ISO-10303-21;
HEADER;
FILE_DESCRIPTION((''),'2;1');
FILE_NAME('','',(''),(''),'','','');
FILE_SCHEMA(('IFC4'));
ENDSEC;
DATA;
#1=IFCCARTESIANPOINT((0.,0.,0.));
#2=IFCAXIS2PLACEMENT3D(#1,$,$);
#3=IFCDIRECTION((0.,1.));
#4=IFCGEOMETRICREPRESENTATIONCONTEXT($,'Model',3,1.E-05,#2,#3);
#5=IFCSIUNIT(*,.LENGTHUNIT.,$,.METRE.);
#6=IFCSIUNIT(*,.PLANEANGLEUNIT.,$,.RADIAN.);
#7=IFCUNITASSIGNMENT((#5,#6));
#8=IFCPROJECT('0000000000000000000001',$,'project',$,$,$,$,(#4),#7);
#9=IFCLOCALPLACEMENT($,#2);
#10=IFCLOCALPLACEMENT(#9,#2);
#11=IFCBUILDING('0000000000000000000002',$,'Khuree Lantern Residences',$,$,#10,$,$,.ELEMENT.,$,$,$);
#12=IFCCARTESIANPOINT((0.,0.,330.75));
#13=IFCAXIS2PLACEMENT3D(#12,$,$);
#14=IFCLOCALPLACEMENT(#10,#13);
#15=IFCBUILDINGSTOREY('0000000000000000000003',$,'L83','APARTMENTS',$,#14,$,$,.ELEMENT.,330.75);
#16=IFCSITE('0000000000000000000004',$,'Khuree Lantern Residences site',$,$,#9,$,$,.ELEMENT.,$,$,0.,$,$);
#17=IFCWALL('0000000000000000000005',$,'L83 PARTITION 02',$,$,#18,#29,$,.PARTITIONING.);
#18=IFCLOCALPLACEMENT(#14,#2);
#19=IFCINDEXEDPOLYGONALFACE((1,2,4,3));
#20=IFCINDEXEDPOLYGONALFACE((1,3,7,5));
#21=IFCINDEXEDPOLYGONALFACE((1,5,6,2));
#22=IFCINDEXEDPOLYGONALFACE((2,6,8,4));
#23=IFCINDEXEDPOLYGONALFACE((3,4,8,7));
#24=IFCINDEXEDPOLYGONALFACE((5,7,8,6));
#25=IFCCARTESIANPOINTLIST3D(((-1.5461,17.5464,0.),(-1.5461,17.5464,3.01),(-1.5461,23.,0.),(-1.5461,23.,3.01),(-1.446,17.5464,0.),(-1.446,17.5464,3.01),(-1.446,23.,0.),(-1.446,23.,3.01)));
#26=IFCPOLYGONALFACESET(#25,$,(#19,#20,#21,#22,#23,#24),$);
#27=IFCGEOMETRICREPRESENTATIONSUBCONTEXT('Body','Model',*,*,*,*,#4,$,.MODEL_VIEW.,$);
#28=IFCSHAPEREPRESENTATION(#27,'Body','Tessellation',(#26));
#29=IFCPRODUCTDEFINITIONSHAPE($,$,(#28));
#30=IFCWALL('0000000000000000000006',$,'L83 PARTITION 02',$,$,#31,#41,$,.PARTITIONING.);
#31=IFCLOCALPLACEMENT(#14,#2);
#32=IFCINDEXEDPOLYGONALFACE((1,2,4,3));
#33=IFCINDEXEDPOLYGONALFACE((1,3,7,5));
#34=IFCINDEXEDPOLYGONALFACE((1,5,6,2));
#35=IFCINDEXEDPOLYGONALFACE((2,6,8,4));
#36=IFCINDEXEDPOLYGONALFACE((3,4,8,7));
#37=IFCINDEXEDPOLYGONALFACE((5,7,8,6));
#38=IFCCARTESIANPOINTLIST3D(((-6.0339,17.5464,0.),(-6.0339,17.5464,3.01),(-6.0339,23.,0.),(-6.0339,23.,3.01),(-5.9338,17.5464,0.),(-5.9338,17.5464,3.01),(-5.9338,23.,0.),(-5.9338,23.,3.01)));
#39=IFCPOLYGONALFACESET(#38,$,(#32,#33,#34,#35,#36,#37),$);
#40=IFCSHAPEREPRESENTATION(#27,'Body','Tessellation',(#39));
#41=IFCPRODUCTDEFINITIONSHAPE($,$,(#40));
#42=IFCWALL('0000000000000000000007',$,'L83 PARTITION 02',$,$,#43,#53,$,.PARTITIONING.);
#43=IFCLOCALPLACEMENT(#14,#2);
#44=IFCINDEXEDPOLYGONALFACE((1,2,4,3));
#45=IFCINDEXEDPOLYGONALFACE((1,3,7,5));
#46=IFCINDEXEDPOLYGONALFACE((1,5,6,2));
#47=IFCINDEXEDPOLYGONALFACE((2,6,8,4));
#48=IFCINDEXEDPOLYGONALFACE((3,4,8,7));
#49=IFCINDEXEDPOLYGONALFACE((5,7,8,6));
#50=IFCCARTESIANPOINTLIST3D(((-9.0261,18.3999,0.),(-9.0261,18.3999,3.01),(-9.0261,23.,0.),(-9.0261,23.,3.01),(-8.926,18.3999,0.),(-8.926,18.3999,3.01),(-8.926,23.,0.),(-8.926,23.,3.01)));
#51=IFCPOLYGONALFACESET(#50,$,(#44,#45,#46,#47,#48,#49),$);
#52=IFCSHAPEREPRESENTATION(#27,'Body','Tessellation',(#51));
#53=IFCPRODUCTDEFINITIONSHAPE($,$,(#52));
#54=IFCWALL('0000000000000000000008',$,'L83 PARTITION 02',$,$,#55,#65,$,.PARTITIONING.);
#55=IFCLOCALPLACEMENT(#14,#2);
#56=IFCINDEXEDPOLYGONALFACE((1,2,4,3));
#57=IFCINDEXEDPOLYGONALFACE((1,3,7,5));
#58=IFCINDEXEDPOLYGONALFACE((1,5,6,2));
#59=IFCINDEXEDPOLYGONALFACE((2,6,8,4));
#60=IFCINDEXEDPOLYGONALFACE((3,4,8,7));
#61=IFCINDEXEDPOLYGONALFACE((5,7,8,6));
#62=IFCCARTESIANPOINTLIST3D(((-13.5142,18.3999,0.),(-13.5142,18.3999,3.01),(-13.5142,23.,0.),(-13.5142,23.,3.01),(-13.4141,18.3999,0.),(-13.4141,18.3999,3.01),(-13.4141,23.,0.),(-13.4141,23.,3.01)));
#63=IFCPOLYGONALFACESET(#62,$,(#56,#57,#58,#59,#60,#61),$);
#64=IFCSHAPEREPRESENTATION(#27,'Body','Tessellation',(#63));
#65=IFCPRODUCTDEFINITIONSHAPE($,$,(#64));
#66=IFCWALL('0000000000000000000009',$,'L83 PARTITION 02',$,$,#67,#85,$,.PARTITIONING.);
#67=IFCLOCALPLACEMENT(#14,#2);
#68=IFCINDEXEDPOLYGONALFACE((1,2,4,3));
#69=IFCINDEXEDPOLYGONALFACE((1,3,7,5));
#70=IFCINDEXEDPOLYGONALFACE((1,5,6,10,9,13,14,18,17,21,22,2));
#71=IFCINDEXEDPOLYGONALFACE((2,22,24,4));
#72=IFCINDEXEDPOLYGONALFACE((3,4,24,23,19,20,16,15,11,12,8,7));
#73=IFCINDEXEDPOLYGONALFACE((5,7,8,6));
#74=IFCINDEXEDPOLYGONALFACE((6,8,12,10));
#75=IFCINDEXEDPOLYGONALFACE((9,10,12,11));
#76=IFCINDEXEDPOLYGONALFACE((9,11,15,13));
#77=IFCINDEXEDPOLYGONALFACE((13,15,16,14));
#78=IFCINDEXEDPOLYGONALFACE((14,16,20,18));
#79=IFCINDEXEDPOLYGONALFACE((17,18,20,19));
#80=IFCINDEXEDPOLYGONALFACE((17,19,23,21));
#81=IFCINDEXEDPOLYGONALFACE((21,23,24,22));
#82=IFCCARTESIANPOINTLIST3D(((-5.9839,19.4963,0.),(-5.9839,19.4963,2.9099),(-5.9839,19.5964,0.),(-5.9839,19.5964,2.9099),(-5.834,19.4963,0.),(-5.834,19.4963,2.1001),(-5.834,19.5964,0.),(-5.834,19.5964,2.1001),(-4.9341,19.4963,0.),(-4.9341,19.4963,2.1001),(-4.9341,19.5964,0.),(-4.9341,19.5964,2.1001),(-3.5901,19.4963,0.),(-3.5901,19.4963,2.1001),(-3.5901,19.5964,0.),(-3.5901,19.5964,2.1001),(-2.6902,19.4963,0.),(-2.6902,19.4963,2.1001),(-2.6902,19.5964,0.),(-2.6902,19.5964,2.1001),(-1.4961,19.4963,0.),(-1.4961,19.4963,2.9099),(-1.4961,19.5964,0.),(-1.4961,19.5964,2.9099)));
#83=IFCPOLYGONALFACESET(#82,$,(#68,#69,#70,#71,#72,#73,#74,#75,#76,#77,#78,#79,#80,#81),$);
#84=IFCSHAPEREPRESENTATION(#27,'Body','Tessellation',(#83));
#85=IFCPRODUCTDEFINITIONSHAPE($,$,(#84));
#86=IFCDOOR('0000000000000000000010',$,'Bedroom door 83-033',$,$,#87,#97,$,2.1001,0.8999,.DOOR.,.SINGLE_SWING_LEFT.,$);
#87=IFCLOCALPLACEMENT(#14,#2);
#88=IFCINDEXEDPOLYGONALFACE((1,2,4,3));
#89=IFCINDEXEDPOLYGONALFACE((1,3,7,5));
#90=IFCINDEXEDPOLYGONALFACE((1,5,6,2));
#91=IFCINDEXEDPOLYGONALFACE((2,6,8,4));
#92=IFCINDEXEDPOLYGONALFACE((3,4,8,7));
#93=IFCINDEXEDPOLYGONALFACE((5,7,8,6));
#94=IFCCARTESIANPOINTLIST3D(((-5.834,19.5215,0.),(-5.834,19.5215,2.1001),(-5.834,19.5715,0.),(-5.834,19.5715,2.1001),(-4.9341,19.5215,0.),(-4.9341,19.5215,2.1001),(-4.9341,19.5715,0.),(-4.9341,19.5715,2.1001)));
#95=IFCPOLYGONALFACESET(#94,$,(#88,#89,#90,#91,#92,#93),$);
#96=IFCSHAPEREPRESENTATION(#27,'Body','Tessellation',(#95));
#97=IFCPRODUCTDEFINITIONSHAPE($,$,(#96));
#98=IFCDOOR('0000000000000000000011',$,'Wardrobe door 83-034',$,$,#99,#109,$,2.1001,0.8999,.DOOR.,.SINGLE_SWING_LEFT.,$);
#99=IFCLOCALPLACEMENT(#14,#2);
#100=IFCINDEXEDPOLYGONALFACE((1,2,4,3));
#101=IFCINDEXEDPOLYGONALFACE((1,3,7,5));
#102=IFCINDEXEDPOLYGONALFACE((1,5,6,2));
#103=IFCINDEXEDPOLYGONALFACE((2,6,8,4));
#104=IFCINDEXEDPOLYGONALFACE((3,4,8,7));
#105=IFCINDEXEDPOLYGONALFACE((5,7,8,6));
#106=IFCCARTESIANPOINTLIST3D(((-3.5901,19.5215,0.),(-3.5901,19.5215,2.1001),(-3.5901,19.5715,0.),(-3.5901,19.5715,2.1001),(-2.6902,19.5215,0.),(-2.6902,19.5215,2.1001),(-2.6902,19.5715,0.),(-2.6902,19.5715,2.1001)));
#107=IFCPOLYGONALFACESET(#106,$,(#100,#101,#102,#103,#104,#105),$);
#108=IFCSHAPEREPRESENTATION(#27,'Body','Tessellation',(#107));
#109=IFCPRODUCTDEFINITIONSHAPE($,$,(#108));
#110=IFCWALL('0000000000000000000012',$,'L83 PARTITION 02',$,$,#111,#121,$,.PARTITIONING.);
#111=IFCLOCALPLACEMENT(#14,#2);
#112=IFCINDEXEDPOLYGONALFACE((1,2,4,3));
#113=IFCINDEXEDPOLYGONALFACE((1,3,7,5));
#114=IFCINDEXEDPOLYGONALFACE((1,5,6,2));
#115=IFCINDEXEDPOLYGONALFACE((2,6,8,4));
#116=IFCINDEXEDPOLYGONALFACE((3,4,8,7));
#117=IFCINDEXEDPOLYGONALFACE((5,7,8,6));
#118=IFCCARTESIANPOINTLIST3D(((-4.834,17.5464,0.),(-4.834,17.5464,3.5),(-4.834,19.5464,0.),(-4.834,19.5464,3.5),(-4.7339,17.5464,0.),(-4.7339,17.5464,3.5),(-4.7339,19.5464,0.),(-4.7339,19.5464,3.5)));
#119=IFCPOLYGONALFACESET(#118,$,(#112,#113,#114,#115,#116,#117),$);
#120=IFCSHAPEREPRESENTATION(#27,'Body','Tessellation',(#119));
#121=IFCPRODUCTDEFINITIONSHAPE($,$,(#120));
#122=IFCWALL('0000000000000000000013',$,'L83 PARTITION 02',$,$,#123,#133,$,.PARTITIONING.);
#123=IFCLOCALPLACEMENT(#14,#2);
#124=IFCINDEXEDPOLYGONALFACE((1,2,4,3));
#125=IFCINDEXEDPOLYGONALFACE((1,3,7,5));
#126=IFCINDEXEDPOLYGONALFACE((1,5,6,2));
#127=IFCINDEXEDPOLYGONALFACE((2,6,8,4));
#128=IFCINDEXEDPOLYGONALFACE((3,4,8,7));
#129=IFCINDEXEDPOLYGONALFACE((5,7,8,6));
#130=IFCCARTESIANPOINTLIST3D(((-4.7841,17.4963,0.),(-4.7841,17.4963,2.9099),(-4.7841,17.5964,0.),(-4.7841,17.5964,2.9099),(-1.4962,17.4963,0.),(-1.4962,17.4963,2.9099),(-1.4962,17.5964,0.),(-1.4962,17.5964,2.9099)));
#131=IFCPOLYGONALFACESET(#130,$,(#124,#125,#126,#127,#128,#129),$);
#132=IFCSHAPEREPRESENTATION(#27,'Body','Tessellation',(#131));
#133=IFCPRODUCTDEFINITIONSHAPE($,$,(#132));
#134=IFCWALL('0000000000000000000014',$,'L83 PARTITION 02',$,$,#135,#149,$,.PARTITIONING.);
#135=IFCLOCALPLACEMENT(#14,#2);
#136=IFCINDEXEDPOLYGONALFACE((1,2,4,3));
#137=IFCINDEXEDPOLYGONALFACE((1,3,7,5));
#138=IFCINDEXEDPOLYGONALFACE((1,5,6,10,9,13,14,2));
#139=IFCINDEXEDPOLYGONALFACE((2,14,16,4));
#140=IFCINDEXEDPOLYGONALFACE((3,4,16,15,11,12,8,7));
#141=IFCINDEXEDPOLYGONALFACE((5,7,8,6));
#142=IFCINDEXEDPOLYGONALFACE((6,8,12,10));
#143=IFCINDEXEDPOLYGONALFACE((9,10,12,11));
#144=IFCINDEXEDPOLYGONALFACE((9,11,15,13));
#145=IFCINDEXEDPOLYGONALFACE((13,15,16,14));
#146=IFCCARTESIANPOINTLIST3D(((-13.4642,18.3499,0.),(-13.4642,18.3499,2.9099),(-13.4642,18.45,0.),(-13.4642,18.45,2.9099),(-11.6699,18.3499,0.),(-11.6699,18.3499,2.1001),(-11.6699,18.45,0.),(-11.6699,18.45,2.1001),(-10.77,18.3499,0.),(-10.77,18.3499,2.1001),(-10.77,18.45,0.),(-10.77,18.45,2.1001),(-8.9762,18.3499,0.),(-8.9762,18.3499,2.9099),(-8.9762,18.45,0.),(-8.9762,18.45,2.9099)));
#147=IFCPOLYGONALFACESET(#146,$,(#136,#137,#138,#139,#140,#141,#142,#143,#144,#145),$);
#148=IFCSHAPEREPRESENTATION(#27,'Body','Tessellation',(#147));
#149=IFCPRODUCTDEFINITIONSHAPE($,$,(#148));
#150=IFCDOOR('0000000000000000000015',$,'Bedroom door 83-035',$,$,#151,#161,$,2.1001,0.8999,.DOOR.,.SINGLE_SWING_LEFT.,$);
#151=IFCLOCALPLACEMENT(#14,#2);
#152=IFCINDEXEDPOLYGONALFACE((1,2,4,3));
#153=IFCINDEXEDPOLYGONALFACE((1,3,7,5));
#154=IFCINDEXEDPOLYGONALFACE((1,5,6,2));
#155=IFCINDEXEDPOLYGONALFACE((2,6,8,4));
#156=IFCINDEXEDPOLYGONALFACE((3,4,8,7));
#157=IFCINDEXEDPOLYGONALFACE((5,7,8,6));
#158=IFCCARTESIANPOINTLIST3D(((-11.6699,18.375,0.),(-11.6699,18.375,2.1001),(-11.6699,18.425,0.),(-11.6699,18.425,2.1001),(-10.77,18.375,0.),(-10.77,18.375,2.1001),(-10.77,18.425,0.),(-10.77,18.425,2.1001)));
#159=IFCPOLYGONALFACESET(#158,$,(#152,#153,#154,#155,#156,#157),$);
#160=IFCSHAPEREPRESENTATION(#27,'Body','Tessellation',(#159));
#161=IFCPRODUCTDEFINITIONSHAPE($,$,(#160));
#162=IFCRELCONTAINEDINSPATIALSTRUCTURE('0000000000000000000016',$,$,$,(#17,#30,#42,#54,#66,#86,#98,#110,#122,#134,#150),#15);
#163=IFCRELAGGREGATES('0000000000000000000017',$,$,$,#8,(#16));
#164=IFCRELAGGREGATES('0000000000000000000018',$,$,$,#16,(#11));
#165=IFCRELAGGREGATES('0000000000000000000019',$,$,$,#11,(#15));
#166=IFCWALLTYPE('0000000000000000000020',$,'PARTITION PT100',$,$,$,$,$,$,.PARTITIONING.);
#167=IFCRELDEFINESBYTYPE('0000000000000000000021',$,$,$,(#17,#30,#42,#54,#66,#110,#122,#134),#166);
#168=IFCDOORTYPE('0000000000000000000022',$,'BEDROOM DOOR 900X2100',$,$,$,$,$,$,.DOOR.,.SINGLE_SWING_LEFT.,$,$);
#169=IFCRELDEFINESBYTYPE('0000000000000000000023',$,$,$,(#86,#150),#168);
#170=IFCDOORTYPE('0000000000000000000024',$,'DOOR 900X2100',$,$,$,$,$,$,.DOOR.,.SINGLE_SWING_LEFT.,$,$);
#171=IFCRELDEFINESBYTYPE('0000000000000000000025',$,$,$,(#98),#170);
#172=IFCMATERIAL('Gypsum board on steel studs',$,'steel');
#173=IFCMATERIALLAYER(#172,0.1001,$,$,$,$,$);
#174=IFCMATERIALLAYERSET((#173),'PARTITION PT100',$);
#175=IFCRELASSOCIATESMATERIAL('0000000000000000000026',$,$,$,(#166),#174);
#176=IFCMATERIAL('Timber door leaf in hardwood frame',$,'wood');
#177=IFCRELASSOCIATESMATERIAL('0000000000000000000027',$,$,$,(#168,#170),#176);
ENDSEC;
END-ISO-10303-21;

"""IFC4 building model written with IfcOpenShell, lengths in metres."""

from ifc_helpers import new_model, si_unit, direction, frame, frame_2d, origin, place, context, subcontext, project, spatial, rectangle, extrude, material, layer, layer_set, type_object, element, fill, save


model = new_model("IFC4")

# Units and contexts
model_context = context("Model", 3, precision=1e-05, world=origin(), true_north=direction((0.0, 1.0)))
body_context = subcontext(model_context, "Body", "Model", "MODEL_VIEW")
ifc_project = project(units=[si_unit("LENGTHUNIT", "METRE"), si_unit("PLANEANGLEUNIT", "RADIAN")], contexts=[model_context])

# Site, building, storey
site_placement = place(None, origin())
site = spatial("IfcSite", under=ifc_project, at=site_placement, Name="Khuree Lantern Residences site", CompositionType="ELEMENT", RefElevation=0.0)
building_placement = place(site_placement, origin())
building = spatial("IfcBuilding", under=site, at=building_placement, Name="Khuree Lantern Residences", CompositionType="ELEMENT")
storey_placement = place(building_placement, frame((0.0, 0.0, 330.75)))
storey = spatial("IfcBuildingStorey", under=building, at=storey_placement, Name="L83", Description="APARTMENTS", CompositionType="ELEMENT", Elevation=330.75)

# Walls
ifc_material_1 = material(Name="Gypsum board on steel studs", Category="steel")
ifc_layer_1 = layer(ifc_material_1, 0.1001)
ifc_layer_set_1 = layer_set([ifc_layer_1], Name="PARTITION PT100")
wall_type = type_object("IfcWallType", Name="PARTITION PT100", PredefinedType="PARTITIONING", material=ifc_layer_set_1)
for number, where, z_axis, x_axis, name in (
    (1, (-1.4961, 17.5464, 0.0), (0.0, 0.0, 1.0), (0.0, 1.0, 0.0), "L83 PARTITION 02"),
    (2, (-5.9839, 17.5464, 0.0), (0.0, 0.0, 1.0), (0.0, 1.0, 0.0), "L83 PARTITION 02"),
):
    element("IfcWall", number, at=place(storey_placement, frame(where, z_axis=z_axis, x_axis=x_axis)), inside=storey, type_object=wall_type, Name=name, PredefinedType="PARTITIONING", context=body_context, shape_type="SweptSolid", body=[
        extrude(rectangle(XDim=5.4536, YDim=0.1001, at=frame_2d((2.7268, 0.0))), origin(), (0.0, 0.0, 1.0), 3.01),
    ])
for number, where, z_axis, x_axis, name in (
    (3, (-8.9761, 18.3999, 0.0), (0.0, 0.0, 1.0), (0.0, 1.0, 0.0), "L83 PARTITION 02"),
    (4, (-13.4641, 18.3999, 0.0), (0.0, 0.0, 1.0), (0.0, 1.0, 0.0), "L83 PARTITION 02"),
):
    element("IfcWall", number, at=place(storey_placement, frame(where, z_axis=z_axis, x_axis=x_axis)), inside=storey, type_object=wall_type, Name=name, PredefinedType="PARTITIONING", context=body_context, shape_type="SweptSolid", body=[
        extrude(rectangle(XDim=4.6001, YDim=0.1001, at=frame_2d((2.3, 0.0))), origin(), (0.0, 0.0, 1.0), 3.01),
    ])

# Wall, openings, doors
wall_1_placement = place(storey_placement, frame((-1.4961, 19.5464, 0.0), z_axis=(0.0, 0.0, 1.0), x_axis=(-1.0, 0.0, 0.0)))
wall_1 = element("IfcWall", 5, at=wall_1_placement, inside=storey, type_object=wall_type, Name="L83 PARTITION 02", PredefinedType="PARTITIONING", context=body_context, shape_type="SweptSolid", body=[
    extrude(rectangle(XDim=4.4878, YDim=0.1001, at=frame_2d((2.2439, 0.0))), origin(), (0.0, 0.0, 1.0), 2.9099),
])
opening_1_placement = place(wall_1_placement, frame((3.438, 0.0, 0.0)))
opening_1 = element("IfcOpeningElement", 6, at=opening_1_placement, cuts=wall_1, PredefinedType="OPENING", context=body_context, shape_type="SweptSolid", body=[
    extrude(rectangle(XDim=0.8999, YDim=2.1001, at=frame_2d((0.45, 1.05))), frame((0.0, 0.0601, 0.0), z_axis=(0.0, -1.0, 0.0), x_axis=(1.0, 0.0, 0.0)), (0.0, 0.0, 1.0), 0.1201),
])
opening_2_placement = place(wall_1_placement, frame((1.1941, 0.0, 0.0)))
opening_2 = element("IfcOpeningElement", 7, at=opening_2_placement, cuts=wall_1, PredefinedType="OPENING", context=body_context, shape_type="SweptSolid", body=[
    extrude(rectangle(XDim=0.8999, YDim=2.1001, at=frame_2d((0.45, 1.05))), frame((0.0, 0.0601, 0.0), z_axis=(0.0, -1.0, 0.0), x_axis=(1.0, 0.0, 0.0)), (0.0, 0.0, 1.0), 0.1201),
])
ifc_material_2 = material(Name="Timber door leaf in hardwood frame", Category="wood")
door_type_1 = type_object("IfcDoorType", Name="BEDROOM DOOR 900X2100", OperationType="SINGLE_SWING_LEFT", PredefinedType="DOOR", material=ifc_material_2)
door_1_placement = place(opening_1_placement, origin())
door_1 = element("IfcDoor", 8, at=door_1_placement, inside=storey, type_object=door_type_1, Name="Bedroom door 83-033", OperationType="SINGLE_SWING_LEFT", OverallHeight=2.1001, OverallWidth=0.8999, PredefinedType="DOOR", context=body_context, shape_type="SweptSolid", body=[
    extrude(rectangle(XDim=0.8999, YDim=2.1001, at=frame_2d((0.45, 1.05))), frame((0.0, 0.0249, 0.0), z_axis=(0.0, -1.0, 0.0), x_axis=(1.0, 0.0, 0.0)), (0.0, 0.0, 1.0), 0.05),
])
fill(opening_1, door_1)
door_type_2 = type_object("IfcDoorType", Name="DOOR 900X2100", OperationType="SINGLE_SWING_LEFT", PredefinedType="DOOR", material=ifc_material_2)
door_2_placement = place(opening_2_placement, origin())
door_2 = element("IfcDoor", 9, at=door_2_placement, inside=storey, type_object=door_type_2, Name="Wardrobe door 83-034", OperationType="SINGLE_SWING_LEFT", OverallHeight=2.1001, OverallWidth=0.8999, PredefinedType="DOOR", context=body_context, shape_type="SweptSolid", body=[
    extrude(rectangle(XDim=0.8999, YDim=2.1001, at=frame_2d((0.45, 1.05))), frame((0.0, 0.0249, 0.0), z_axis=(0.0, -1.0, 0.0), x_axis=(1.0, 0.0, 0.0)), (0.0, 0.0, 1.0), 0.05),
])
fill(opening_2, door_2)

# Walls
wall_2_placement = place(storey_placement, frame((-4.7839, 17.5464, 0.0), z_axis=(0.0, 0.0, 1.0), x_axis=(0.0, 1.0, 0.0)))
element("IfcWall", 10, at=wall_2_placement, inside=storey, type_object=wall_type, Name="L83 PARTITION 02", PredefinedType="PARTITIONING", context=body_context, shape_type="SweptSolid", body=[
    extrude(rectangle(XDim=2.0, YDim=0.1001, at=frame_2d((1.0, 0.0))), origin(), (0.0, 0.0, 1.0), 3.5),
])
wall_3_placement = place(storey_placement, frame((-1.4961, 17.5464, 0.0), z_axis=(0.0, 0.0, 1.0), x_axis=(-1.0, 0.0, 0.0)))
element("IfcWall", 11, at=wall_3_placement, inside=storey, type_object=wall_type, Name="L83 PARTITION 02", PredefinedType="PARTITIONING", context=body_context, shape_type="SweptSolid", body=[
    extrude(rectangle(XDim=3.2878, YDim=0.1001, at=frame_2d((1.644, 0.0))), origin(), (0.0, 0.0, 1.0), 2.9099),
])

# Wall, opening, door
wall_4_placement = place(storey_placement, frame((-8.9761, 18.3999, 0.0), z_axis=(0.0, 0.0, 1.0), x_axis=(-1.0, 0.0, 0.0)))
wall_4 = element("IfcWall", 12, at=wall_4_placement, inside=storey, type_object=wall_type, Name="L83 PARTITION 02", PredefinedType="PARTITIONING", context=body_context, shape_type="SweptSolid", body=[
    extrude(rectangle(XDim=4.488, YDim=0.1001, at=frame_2d((2.2441, 0.0))), origin(), (0.0, 0.0, 1.0), 2.9099),
])
opening_3_placement = place(wall_4_placement, frame((1.7939, 0.0, 0.0)))
opening_3 = element("IfcOpeningElement", 13, at=opening_3_placement, cuts=wall_4, PredefinedType="OPENING", context=body_context, shape_type="SweptSolid", body=[
    extrude(rectangle(XDim=0.8999, YDim=2.1001, at=frame_2d((0.45, 1.05))), frame((0.0, 0.0601, 0.0), z_axis=(0.0, -1.0, 0.0), x_axis=(1.0, 0.0, 0.0)), (0.0, 0.0, 1.0), 0.1201),
])
door_3_placement = place(opening_3_placement, origin())
door_3 = element("IfcDoor", 14, at=door_3_placement, inside=storey, type_object=door_type_1, Name="Bedroom door 83-035", OperationType="SINGLE_SWING_LEFT", OverallHeight=2.1001, OverallWidth=0.8999, PredefinedType="DOOR", context=body_context, shape_type="SweptSolid", body=[
    extrude(rectangle(XDim=0.8999, YDim=2.1001, at=frame_2d((0.45, 1.05))), frame((0.0, 0.0249, 0.0), z_axis=(0.0, -1.0, 0.0), x_axis=(1.0, 0.0, 0.0)), (0.0, 0.0, 1.0), 0.05),
])
fill(opening_3, door_3)

save(model, "model.ifc")
